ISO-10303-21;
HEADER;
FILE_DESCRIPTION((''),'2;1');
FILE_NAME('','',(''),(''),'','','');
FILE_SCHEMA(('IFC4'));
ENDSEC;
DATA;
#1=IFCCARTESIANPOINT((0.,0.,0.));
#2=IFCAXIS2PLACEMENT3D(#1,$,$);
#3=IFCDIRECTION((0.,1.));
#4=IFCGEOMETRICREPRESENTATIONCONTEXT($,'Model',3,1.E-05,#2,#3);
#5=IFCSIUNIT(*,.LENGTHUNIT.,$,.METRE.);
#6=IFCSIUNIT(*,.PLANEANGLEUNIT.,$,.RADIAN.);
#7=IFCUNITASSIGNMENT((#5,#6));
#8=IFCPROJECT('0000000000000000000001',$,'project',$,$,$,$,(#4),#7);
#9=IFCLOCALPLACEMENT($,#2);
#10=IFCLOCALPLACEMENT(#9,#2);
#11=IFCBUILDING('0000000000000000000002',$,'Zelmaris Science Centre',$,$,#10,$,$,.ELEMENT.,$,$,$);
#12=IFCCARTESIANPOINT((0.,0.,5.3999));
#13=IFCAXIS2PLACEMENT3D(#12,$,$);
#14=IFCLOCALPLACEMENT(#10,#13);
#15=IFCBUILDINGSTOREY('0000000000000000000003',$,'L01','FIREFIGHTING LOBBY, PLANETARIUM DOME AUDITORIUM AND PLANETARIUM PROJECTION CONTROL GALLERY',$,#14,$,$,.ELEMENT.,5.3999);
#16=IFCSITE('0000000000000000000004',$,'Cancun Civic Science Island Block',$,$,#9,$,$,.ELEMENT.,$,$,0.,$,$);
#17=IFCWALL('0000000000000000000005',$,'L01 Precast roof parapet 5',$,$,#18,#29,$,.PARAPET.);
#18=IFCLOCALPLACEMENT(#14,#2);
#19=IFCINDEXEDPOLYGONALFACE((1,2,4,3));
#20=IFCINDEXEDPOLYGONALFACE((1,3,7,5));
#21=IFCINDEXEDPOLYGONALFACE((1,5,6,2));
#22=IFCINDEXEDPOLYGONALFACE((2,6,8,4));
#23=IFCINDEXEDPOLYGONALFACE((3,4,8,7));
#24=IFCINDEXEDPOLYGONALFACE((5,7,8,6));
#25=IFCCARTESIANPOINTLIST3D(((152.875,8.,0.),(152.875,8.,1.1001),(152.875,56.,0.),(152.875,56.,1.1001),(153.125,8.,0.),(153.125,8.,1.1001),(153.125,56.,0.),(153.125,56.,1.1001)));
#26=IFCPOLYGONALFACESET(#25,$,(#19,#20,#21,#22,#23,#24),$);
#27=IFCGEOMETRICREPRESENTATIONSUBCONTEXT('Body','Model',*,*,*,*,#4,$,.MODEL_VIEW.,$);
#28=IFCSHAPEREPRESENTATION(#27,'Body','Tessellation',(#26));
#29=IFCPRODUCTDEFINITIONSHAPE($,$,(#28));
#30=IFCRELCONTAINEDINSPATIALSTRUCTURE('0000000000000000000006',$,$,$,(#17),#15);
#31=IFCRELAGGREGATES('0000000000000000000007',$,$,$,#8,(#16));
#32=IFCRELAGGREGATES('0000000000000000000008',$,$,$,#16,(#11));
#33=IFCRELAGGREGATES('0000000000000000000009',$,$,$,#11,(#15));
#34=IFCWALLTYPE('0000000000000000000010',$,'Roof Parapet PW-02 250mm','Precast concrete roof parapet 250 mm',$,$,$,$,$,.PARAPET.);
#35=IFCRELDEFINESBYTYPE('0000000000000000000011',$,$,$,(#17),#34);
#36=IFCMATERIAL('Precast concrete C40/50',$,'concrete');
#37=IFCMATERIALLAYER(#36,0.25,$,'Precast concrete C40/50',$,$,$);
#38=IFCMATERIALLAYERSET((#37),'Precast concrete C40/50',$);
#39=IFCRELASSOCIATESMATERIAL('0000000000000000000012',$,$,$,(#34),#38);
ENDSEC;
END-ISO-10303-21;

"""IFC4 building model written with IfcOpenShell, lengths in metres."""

from ifc_helpers import new_model, si_unit, direction, frame, frame_2d, origin, place, context, subcontext, project, spatial, rectangle, extrude, material, layer, layer_set, type_object, element, save


model = new_model("IFC4")

# Units and contexts
model_context = context("Model", 3, precision=1e-05, world=origin(), true_north=direction((0.0, 1.0)))
body_context = subcontext(model_context, "Body", "Model", "MODEL_VIEW")
ifc_project = project(units=[si_unit("LENGTHUNIT", "METRE"), si_unit("PLANEANGLEUNIT", "RADIAN")], contexts=[model_context])

# Site, building, storey
site_placement = place(None, origin())
site = spatial("IfcSite", under=ifc_project, at=site_placement, Name="Cancun Civic Science Island Block", CompositionType="ELEMENT", RefElevation=0.0)
building_placement = place(site_placement, origin())
building = spatial("IfcBuilding", under=site, at=building_placement, Name="Zelmaris Science Centre", CompositionType="ELEMENT")
storey_placement = place(building_placement, frame((0.0, 0.0, 5.3999)))
storey = spatial("IfcBuildingStorey", under=building, at=storey_placement, Name="L01", Description="FIREFIGHTING LOBBY, PLANETARIUM DOME AUDITORIUM AND PLANETARIUM PROJECTION CONTROL GALLERY", CompositionType="ELEMENT", Elevation=5.3999)

# Wall
ifc_material_1 = material(Name="Precast concrete C40/50", Category="concrete")
ifc_layer_1 = layer(ifc_material_1, 0.25, Name="Precast concrete C40/50")
ifc_layer_set_1 = layer_set([ifc_layer_1], Name="Precast concrete C40/50")
wall_type_1 = type_object("IfcWallType", Name="Roof Parapet PW-02 250mm", Description="Precast concrete roof parapet 250 mm", PredefinedType="PARAPET", material=ifc_layer_set_1)
wall_1_placement = place(storey_placement, frame((153.0, 8.0, 0.0), z_axis=(0.0, 0.0, 1.0), x_axis=(0.0, 1.0, 0.0)))
element("IfcWall", 1, at=wall_1_placement, inside=storey, type_object=wall_type_1, Name="L01 Precast roof parapet 5", PredefinedType="PARAPET", context=body_context, shape_type="SweptSolid", body=[
    extrude(rectangle(XDim=48.0, YDim=0.25, at=frame_2d((24.0, 0.0))), origin(), (0.0, 0.0, 1.0), 1.1001),
])

save(model, "model.ifc")
